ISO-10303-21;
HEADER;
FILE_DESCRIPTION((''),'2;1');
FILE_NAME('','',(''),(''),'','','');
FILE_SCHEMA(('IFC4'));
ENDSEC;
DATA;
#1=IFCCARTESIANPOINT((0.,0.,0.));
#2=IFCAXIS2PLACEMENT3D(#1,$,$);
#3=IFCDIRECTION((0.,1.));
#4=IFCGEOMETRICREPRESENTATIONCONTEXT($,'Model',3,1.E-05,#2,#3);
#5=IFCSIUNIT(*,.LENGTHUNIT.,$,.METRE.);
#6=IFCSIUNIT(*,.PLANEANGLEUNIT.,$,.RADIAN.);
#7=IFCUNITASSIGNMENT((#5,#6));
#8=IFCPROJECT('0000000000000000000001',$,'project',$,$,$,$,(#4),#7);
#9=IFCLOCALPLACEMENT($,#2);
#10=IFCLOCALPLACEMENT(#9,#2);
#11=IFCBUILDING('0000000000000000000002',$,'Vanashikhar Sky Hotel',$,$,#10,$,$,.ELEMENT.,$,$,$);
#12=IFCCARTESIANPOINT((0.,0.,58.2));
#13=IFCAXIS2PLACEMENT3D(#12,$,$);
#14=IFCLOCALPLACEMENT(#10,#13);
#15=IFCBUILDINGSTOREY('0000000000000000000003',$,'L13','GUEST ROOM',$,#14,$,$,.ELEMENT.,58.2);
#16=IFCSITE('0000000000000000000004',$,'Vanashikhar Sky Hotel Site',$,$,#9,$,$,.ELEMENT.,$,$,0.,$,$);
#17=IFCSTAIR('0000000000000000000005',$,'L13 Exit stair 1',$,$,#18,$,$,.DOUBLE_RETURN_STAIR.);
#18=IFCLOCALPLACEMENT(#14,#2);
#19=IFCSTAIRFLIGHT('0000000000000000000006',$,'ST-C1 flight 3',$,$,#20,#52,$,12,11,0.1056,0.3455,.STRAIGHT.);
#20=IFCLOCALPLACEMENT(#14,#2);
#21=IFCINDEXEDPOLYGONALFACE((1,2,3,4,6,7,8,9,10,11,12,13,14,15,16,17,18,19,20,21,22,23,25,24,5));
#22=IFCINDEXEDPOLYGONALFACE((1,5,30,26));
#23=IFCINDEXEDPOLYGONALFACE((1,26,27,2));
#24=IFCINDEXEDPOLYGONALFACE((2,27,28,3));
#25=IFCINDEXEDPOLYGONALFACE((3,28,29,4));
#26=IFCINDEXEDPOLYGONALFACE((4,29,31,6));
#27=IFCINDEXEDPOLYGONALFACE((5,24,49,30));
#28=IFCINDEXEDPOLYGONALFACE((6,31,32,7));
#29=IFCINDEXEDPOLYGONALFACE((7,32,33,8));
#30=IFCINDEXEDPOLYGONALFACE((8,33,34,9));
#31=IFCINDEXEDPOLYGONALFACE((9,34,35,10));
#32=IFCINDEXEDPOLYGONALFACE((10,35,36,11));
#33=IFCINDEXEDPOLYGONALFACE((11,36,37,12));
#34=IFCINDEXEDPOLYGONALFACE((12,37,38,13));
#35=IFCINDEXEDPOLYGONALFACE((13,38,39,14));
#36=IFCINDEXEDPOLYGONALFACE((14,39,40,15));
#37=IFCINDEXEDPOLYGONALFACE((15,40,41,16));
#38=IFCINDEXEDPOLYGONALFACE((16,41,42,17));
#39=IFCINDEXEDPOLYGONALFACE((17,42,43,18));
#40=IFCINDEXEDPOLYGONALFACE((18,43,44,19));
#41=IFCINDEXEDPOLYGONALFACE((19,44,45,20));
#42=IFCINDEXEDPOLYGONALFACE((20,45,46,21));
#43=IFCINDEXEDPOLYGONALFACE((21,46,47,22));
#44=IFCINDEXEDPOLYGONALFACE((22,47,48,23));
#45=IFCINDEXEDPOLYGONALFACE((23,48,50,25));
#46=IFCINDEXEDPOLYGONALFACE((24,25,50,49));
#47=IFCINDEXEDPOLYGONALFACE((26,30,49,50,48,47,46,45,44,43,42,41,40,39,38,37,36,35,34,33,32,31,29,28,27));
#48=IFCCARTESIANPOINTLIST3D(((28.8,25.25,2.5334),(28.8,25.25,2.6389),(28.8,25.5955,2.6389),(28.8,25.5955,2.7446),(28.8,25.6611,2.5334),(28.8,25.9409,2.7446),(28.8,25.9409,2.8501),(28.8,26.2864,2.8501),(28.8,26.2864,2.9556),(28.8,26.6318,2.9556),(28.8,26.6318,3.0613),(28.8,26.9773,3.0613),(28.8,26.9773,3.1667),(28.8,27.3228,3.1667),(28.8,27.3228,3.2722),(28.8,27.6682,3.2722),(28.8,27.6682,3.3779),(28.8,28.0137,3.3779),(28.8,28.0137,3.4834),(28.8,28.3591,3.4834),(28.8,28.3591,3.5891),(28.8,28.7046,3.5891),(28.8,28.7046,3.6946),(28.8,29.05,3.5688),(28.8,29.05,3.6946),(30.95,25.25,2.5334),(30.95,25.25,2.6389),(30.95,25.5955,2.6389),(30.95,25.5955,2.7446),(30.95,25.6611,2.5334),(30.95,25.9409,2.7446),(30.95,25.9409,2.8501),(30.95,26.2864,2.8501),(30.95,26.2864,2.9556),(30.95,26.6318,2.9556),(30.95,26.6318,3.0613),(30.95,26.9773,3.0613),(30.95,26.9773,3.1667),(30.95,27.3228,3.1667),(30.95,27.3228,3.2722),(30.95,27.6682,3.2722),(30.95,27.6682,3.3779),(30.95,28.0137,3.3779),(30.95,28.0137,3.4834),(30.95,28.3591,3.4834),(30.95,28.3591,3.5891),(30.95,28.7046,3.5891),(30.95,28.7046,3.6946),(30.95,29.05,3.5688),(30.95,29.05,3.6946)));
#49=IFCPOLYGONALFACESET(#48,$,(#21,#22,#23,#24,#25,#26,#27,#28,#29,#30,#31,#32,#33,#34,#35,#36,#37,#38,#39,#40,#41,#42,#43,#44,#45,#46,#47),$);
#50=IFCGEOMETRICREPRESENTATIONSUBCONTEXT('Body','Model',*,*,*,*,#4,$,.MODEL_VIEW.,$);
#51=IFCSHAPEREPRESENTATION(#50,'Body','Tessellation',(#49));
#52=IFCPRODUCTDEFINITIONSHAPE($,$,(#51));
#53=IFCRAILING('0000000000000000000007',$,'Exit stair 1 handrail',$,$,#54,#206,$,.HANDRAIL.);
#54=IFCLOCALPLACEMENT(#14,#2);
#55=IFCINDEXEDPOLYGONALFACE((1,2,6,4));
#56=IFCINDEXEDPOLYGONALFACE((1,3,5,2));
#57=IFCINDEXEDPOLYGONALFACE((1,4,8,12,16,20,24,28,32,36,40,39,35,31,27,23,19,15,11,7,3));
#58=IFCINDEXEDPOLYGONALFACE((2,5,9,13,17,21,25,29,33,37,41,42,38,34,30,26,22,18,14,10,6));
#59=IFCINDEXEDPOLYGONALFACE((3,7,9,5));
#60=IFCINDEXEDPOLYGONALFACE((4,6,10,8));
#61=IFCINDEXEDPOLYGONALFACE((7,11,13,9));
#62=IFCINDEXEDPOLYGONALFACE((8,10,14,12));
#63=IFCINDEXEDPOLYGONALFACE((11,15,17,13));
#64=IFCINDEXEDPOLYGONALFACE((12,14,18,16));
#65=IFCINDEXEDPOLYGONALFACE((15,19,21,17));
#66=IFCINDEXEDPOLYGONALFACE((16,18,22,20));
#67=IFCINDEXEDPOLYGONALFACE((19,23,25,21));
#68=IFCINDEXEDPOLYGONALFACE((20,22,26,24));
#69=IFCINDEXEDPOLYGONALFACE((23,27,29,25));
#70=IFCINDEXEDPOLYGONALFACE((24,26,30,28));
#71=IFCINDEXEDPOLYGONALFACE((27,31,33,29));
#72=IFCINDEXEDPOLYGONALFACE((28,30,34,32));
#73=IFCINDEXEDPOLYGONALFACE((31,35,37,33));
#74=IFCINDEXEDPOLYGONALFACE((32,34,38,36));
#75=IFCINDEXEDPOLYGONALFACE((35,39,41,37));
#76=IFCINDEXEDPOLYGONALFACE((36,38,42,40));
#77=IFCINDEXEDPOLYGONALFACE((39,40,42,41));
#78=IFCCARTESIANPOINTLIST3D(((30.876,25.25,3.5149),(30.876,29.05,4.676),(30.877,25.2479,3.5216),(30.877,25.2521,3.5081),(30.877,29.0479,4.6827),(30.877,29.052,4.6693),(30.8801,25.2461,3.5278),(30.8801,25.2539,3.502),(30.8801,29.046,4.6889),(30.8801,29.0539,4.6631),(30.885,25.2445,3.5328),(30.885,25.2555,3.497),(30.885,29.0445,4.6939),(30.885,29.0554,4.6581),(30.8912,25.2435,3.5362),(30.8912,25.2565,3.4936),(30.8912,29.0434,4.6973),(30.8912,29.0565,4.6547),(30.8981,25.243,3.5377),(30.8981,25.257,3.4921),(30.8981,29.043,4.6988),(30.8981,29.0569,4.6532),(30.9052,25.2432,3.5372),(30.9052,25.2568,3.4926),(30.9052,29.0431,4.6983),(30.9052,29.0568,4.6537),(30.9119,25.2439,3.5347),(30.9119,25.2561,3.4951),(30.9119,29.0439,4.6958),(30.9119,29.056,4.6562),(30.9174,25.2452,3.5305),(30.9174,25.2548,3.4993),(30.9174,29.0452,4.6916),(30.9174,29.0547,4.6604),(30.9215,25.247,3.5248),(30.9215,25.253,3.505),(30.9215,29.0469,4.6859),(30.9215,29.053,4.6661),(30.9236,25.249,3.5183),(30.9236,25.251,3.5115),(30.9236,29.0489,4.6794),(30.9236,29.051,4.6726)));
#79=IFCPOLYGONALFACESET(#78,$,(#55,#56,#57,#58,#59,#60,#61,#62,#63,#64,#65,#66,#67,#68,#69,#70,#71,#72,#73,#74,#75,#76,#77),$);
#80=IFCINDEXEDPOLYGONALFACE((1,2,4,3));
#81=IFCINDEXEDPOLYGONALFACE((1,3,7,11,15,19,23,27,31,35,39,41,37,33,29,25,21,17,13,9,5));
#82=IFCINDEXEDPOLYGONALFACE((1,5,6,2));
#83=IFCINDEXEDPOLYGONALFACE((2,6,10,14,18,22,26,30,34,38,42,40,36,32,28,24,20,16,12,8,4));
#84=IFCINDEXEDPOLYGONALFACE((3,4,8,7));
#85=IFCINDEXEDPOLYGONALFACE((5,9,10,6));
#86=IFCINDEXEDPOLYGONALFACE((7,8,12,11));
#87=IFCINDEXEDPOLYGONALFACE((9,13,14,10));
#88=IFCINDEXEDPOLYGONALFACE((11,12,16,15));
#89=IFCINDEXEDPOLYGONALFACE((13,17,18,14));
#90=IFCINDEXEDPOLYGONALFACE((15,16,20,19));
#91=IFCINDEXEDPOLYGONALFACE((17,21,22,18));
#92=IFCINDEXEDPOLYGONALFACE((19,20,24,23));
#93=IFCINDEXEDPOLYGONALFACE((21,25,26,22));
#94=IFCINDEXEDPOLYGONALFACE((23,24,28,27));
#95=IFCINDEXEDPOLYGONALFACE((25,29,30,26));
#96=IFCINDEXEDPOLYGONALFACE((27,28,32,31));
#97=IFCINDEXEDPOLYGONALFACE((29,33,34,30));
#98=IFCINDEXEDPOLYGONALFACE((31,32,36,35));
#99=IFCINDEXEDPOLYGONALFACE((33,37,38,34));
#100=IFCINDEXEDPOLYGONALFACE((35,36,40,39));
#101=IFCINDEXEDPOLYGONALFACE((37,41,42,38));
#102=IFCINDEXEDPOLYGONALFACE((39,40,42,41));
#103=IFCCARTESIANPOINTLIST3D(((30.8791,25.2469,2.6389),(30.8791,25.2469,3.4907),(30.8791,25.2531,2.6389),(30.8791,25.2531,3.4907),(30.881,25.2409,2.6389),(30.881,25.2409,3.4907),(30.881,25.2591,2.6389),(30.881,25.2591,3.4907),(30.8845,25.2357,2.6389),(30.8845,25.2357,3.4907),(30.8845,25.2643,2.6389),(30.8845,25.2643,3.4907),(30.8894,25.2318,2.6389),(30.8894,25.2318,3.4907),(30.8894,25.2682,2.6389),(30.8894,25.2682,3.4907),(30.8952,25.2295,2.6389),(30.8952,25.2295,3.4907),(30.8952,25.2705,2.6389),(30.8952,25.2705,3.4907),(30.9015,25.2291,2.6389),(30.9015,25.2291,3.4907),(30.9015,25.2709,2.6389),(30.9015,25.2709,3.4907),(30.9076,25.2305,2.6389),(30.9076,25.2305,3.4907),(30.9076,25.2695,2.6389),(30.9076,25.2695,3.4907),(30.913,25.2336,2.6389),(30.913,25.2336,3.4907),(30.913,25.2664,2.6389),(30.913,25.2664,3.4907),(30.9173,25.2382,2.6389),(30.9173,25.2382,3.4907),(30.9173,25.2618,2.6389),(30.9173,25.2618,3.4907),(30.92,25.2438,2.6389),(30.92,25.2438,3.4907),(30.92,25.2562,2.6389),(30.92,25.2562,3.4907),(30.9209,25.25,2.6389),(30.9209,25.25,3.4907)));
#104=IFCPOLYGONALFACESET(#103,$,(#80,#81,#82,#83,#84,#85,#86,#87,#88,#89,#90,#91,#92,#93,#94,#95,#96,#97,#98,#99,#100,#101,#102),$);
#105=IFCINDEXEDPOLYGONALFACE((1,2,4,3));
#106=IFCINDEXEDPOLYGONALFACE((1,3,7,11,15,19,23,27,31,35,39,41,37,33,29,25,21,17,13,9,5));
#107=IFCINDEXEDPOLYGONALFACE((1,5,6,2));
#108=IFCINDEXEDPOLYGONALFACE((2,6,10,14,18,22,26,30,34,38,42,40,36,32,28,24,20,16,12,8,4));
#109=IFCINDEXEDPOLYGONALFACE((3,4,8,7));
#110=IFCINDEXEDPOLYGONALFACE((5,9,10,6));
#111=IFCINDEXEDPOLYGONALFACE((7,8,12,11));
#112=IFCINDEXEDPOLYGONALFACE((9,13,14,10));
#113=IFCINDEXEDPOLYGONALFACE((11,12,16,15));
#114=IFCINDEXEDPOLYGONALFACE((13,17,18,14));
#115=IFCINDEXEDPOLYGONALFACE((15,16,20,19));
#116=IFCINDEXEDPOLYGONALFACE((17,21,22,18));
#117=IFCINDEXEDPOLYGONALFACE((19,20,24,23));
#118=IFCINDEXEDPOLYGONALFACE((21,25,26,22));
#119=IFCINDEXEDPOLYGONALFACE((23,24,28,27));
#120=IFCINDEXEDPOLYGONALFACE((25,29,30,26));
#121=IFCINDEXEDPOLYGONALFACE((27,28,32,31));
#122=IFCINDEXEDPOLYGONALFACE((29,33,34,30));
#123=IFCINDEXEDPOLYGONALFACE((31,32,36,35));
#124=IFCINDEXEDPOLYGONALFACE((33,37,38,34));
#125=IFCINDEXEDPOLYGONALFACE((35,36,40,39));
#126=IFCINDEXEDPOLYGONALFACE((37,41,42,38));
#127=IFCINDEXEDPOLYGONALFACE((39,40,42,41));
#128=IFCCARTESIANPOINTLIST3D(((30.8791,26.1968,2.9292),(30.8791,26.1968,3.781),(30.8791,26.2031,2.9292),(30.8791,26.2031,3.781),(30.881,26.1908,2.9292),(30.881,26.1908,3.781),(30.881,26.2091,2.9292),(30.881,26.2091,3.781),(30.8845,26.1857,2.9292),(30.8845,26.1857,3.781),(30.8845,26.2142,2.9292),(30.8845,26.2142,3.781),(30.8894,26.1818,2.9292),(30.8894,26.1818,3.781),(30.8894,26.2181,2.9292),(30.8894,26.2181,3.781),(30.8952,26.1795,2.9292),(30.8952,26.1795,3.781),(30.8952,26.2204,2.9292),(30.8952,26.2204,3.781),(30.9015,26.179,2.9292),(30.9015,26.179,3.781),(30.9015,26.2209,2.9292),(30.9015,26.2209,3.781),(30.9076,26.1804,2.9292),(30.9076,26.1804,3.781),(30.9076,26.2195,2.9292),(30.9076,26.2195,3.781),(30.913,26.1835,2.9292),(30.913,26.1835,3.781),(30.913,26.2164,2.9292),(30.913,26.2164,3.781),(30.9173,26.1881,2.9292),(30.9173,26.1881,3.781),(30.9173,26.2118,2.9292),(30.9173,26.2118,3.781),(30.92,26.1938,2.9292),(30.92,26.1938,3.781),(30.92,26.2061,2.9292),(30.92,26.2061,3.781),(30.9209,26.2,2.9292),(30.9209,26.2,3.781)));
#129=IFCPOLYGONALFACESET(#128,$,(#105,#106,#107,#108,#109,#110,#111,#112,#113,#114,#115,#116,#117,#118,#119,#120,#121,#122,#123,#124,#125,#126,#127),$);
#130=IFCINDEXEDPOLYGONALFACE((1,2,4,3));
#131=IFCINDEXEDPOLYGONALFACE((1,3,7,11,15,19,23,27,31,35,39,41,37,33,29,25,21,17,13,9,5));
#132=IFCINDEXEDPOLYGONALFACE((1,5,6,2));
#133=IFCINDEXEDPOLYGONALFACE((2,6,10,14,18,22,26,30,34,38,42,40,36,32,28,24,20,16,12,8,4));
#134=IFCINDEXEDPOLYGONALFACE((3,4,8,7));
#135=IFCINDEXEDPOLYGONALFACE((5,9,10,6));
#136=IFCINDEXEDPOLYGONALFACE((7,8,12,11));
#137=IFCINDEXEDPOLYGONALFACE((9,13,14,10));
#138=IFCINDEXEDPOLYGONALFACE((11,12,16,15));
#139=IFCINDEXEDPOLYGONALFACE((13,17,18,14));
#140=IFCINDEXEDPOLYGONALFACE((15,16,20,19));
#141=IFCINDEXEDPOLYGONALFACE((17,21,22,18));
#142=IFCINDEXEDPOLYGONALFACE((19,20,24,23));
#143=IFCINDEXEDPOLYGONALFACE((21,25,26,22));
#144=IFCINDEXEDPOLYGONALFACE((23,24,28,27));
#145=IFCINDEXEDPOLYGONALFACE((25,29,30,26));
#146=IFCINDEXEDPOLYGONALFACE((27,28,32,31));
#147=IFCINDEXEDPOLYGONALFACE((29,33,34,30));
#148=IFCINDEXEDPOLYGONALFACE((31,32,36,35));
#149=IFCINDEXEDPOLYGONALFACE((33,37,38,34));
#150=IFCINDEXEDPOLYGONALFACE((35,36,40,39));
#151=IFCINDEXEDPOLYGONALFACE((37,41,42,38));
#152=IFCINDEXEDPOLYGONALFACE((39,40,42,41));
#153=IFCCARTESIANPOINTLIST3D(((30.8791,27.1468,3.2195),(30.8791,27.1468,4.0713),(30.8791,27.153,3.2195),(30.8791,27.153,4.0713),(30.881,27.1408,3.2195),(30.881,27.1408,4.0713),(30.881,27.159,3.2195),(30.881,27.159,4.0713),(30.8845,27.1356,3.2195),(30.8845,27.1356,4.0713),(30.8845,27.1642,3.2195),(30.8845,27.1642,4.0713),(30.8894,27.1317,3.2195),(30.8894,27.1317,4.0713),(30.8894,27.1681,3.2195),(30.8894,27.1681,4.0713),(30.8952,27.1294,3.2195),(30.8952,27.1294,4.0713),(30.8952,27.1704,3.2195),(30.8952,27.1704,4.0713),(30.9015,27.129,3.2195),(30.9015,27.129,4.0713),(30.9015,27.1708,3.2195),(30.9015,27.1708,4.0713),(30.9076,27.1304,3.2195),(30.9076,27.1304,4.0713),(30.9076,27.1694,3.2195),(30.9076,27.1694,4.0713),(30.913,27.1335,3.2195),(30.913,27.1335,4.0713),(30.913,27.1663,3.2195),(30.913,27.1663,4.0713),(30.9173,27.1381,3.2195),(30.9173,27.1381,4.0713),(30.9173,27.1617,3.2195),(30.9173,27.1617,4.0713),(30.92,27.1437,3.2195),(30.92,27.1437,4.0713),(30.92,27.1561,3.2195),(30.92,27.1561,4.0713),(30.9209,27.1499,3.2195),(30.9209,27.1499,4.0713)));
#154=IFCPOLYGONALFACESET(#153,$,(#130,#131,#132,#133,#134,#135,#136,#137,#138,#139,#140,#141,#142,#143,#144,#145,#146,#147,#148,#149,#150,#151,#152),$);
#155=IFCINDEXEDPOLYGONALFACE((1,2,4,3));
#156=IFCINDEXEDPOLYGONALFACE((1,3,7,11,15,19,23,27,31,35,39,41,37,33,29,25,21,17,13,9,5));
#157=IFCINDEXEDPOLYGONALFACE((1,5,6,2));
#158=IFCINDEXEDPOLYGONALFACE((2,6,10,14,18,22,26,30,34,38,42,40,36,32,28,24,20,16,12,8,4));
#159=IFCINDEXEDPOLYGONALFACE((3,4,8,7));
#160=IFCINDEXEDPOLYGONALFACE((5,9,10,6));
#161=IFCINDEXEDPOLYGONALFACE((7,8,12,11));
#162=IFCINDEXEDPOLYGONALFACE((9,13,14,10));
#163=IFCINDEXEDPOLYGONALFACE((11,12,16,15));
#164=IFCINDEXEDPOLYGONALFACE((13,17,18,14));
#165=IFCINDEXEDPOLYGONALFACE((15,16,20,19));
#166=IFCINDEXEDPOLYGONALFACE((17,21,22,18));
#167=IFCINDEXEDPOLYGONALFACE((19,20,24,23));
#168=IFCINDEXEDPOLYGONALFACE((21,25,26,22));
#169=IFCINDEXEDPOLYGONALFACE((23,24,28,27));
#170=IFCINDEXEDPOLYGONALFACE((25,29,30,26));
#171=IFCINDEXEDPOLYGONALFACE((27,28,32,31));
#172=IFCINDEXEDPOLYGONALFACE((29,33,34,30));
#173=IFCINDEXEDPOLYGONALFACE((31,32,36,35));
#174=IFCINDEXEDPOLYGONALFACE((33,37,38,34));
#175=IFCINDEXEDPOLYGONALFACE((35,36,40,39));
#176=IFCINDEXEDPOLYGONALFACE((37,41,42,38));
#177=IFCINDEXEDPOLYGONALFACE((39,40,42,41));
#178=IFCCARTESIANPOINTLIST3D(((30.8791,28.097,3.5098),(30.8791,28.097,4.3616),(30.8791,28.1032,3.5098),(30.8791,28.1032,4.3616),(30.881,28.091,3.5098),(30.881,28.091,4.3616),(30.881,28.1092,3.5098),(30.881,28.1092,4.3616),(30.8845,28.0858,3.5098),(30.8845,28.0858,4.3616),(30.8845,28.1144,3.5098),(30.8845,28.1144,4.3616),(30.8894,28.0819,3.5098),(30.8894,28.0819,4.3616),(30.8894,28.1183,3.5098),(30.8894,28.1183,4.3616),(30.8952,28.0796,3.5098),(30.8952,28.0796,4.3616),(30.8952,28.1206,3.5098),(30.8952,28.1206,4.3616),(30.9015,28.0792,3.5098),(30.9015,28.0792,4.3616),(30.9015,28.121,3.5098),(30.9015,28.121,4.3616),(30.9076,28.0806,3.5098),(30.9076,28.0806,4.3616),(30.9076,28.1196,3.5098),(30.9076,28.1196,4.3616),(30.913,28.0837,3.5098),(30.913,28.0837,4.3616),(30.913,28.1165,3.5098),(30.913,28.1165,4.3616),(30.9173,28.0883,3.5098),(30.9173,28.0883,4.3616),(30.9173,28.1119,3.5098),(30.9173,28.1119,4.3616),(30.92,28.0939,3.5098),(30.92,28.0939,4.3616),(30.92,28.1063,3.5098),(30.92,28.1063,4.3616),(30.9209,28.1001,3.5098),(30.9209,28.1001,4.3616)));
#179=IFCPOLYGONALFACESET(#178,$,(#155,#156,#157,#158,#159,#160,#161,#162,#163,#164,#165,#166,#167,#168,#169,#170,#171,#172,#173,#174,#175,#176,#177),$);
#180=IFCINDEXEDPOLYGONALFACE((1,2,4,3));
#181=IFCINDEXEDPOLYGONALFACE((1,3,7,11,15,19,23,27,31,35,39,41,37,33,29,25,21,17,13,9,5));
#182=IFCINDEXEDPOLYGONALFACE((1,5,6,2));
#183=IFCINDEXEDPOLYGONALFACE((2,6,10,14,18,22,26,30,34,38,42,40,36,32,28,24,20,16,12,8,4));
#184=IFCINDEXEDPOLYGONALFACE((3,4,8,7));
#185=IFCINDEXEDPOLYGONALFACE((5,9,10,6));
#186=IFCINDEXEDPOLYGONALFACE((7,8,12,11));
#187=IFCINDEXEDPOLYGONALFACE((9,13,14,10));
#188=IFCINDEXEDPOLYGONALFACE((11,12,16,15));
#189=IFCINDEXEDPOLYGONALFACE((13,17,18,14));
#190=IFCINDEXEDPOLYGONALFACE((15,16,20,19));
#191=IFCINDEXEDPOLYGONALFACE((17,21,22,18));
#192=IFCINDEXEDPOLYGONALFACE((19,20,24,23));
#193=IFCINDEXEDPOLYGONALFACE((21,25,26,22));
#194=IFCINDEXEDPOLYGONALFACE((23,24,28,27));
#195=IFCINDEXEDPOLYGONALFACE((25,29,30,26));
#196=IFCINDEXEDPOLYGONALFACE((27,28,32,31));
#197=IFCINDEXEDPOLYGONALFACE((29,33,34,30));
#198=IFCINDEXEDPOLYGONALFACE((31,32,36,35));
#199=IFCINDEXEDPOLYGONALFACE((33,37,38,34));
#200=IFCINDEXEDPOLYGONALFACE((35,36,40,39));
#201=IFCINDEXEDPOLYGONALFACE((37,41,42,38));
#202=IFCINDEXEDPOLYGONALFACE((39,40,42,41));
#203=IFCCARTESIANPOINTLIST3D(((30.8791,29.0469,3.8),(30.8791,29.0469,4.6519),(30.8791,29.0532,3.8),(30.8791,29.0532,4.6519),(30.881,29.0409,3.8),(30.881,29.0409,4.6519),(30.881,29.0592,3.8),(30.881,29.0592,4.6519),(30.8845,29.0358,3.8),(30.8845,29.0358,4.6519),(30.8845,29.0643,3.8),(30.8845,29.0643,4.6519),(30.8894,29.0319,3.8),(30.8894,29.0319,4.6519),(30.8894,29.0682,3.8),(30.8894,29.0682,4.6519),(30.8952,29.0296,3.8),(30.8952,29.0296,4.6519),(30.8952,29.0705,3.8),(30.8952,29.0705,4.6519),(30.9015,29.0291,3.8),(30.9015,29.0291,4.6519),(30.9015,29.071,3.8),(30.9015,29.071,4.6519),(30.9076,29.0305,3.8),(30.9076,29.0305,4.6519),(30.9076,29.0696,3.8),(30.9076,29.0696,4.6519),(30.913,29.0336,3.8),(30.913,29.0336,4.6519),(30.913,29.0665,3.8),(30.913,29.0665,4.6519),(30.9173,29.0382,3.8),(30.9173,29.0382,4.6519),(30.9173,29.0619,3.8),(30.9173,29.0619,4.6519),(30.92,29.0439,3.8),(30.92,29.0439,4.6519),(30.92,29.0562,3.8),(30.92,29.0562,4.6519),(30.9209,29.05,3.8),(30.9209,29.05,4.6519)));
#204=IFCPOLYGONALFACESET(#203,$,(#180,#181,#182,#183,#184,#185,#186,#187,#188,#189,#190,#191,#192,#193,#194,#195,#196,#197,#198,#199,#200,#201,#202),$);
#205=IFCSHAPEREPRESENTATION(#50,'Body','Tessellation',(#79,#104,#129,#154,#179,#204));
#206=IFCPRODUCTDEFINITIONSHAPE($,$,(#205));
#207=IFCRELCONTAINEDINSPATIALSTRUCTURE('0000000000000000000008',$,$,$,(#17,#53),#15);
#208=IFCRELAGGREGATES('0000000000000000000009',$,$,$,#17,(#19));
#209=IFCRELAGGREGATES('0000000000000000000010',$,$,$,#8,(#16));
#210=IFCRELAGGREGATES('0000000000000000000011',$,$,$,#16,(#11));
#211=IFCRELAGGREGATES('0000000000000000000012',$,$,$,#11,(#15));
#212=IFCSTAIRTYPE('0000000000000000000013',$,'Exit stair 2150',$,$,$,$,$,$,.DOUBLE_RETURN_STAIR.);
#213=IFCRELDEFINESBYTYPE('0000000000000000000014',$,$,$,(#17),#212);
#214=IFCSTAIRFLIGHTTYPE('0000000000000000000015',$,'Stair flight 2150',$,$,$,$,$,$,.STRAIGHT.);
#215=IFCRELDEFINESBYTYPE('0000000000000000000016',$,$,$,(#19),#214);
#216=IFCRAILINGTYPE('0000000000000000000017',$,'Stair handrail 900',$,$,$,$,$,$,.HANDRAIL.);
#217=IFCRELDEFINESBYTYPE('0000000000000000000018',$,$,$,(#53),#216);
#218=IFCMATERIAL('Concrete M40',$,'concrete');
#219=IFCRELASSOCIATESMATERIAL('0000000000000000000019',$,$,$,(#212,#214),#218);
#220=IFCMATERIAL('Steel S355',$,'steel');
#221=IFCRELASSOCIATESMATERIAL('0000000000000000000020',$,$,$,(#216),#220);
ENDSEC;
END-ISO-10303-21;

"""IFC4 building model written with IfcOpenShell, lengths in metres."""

from ifc_helpers import new_model, si_unit, direction, frame, origin, origin_2d, place, context, subcontext, project, spatial, polyline, circle, outline, extrude, source, transform, mapped, material, type_object, element, aggregate, save


model = new_model("IFC4")

# Units and contexts
model_context = context("Model", 3, precision=1e-05, world=origin(), true_north=direction((0.0, 1.0)))
body_context = subcontext(model_context, "Body", "Model", "MODEL_VIEW")
ifc_project = project(units=[si_unit("LENGTHUNIT", "METRE"), si_unit("PLANEANGLEUNIT", "RADIAN")], contexts=[model_context])

# Site, building, storey
site_placement = place(None, origin())
site = spatial("IfcSite", under=ifc_project, at=site_placement, Name="Vanashikhar Sky Hotel Site", CompositionType="ELEMENT", RefElevation=0.0)
building_placement = place(site_placement, origin())
building = spatial("IfcBuilding", under=site, at=building_placement, Name="Vanashikhar Sky Hotel", CompositionType="ELEMENT")
storey_placement = place(building_placement, frame((0.0, 0.0, 58.2)))
storey = spatial("IfcBuildingStorey", under=building, at=storey_placement, Name="L13", Description="GUEST ROOM", CompositionType="ELEMENT", Elevation=58.2)

# Shared definitions
ifc_material_1 = material(Name="Concrete M40", Category="concrete")

# Stair, stair flight
stair_type = type_object("IfcStairType", Name="Exit stair 2150", PredefinedType="DOUBLE_RETURN_STAIR", material=ifc_material_1)
stair_placement = place(storey_placement, origin())
stair = element("IfcStair", 1, at=stair_placement, inside=storey, type_object=stair_type, Name="L13 Exit stair 1", PredefinedType="DOUBLE_RETURN_STAIR")
stair_flight_type = type_object("IfcStairFlightType", Name="Stair flight 2150", PredefinedType="STRAIGHT", material=ifc_material_1)
shared_shape_1 = source(origin(), body_context, "Body", "SweptSolid", [
    extrude(outline(polyline([(0.0, 0.0), (0.0, 0.1055), (0.3455, 0.1055), (0.3455, 0.2112), (0.6909, 0.2112), (0.6909, 0.3167), (1.0364, 0.3167), (1.0364, 0.4221), (1.3818, 0.4221), (1.3818, 0.5278), (1.7273, 0.5278), (1.7273, 0.6333), (2.0728, 0.6333), (2.0728, 0.7388), (2.4182, 0.7388), (2.4182, 0.8445), (2.7637, 0.8445), (2.7637, 0.95), (3.1091, 0.95), (3.1091, 1.0557), (3.4546, 1.0557), (3.4546, 1.1611), (3.8, 1.1611), (3.8, 1.2666), (3.8, 1.0354), (0.4111, 0.0), (0.0, 0.0)])), frame((0.0, 1.075, 0.0), z_axis=(0.0, -1.0, 0.0), x_axis=(1.0, 0.0, 0.0)), (0.0, 0.0, 1.0), 2.1499),
])
stair_flight_1_placement = place(storey_placement, frame((29.875, 25.25, 2.5334), z_axis=(0.0, 0.0, 1.0), x_axis=(0.0, 1.0, 0.0)))
stair_flight_1 = element("IfcStairFlight", 2, at=stair_flight_1_placement, type_object=stair_flight_type, Name="ST-C1 flight 3", NumberOfRisers=12, NumberOfTreads=11, PredefinedType="STRAIGHT", RiserHeight=0.1056, TreadLength=0.3455, context=body_context, shape_type="MappedRepresentation", body=[
    mapped(shared_shape_1, transform((0.0, 0.0, 0.0), scale=1.0)),
])
aggregate(stair, [stair_flight_1])

# Railing
ifc_material_2 = material(Name="Steel S355", Category="steel")
railing_type_1 = type_object("IfcRailingType", Name="Stair handrail 900", PredefinedType="HANDRAIL", material=ifc_material_2)
shared_shape_2 = source(origin(), body_context, "Body", "SweptSolid", [
    extrude(circle(Radius=0.0239, at=origin_2d()), frame((0.0, 0.0, 0.876), z_axis=(0.0, 0.956351, 0.29222), x_axis=(-1.0, 0.0, 0.0)), (0.0, 0.0, 1.0), 3.9734),
    extrude(circle(Radius=0.021, at=origin_2d()), origin(), (0.0, 0.0, 1.0), 0.8518),
    extrude(circle(Radius=0.021, at=origin_2d()), frame((0.0, 0.95, 0.2903)), (0.0, 0.0, 1.0), 0.8518),
    extrude(circle(Radius=0.021, at=origin_2d()), frame((0.0, 1.8999, 0.5806)), (0.0, 0.0, 1.0), 0.8518),
    extrude(circle(Radius=0.021, at=origin_2d()), frame((0.0, 2.8501, 0.8708)), (0.0, 0.0, 1.0), 0.8518),
    extrude(circle(Radius=0.021, at=origin_2d()), frame((0.0, 3.8, 1.1611)), (0.0, 0.0, 1.0), 0.8518),
])
railing_1_placement = place(storey_placement, frame((30.8999, 25.25, 2.6389)))
element("IfcRailing", 3, at=railing_1_placement, inside=storey, type_object=railing_type_1, Name="Exit stair 1 handrail", PredefinedType="HANDRAIL", context=body_context, shape_type="MappedRepresentation", body=[
    mapped(shared_shape_2, transform((0.0, 0.0, 0.0), scale=1.0)),
])

save(model, "model.ifc")
